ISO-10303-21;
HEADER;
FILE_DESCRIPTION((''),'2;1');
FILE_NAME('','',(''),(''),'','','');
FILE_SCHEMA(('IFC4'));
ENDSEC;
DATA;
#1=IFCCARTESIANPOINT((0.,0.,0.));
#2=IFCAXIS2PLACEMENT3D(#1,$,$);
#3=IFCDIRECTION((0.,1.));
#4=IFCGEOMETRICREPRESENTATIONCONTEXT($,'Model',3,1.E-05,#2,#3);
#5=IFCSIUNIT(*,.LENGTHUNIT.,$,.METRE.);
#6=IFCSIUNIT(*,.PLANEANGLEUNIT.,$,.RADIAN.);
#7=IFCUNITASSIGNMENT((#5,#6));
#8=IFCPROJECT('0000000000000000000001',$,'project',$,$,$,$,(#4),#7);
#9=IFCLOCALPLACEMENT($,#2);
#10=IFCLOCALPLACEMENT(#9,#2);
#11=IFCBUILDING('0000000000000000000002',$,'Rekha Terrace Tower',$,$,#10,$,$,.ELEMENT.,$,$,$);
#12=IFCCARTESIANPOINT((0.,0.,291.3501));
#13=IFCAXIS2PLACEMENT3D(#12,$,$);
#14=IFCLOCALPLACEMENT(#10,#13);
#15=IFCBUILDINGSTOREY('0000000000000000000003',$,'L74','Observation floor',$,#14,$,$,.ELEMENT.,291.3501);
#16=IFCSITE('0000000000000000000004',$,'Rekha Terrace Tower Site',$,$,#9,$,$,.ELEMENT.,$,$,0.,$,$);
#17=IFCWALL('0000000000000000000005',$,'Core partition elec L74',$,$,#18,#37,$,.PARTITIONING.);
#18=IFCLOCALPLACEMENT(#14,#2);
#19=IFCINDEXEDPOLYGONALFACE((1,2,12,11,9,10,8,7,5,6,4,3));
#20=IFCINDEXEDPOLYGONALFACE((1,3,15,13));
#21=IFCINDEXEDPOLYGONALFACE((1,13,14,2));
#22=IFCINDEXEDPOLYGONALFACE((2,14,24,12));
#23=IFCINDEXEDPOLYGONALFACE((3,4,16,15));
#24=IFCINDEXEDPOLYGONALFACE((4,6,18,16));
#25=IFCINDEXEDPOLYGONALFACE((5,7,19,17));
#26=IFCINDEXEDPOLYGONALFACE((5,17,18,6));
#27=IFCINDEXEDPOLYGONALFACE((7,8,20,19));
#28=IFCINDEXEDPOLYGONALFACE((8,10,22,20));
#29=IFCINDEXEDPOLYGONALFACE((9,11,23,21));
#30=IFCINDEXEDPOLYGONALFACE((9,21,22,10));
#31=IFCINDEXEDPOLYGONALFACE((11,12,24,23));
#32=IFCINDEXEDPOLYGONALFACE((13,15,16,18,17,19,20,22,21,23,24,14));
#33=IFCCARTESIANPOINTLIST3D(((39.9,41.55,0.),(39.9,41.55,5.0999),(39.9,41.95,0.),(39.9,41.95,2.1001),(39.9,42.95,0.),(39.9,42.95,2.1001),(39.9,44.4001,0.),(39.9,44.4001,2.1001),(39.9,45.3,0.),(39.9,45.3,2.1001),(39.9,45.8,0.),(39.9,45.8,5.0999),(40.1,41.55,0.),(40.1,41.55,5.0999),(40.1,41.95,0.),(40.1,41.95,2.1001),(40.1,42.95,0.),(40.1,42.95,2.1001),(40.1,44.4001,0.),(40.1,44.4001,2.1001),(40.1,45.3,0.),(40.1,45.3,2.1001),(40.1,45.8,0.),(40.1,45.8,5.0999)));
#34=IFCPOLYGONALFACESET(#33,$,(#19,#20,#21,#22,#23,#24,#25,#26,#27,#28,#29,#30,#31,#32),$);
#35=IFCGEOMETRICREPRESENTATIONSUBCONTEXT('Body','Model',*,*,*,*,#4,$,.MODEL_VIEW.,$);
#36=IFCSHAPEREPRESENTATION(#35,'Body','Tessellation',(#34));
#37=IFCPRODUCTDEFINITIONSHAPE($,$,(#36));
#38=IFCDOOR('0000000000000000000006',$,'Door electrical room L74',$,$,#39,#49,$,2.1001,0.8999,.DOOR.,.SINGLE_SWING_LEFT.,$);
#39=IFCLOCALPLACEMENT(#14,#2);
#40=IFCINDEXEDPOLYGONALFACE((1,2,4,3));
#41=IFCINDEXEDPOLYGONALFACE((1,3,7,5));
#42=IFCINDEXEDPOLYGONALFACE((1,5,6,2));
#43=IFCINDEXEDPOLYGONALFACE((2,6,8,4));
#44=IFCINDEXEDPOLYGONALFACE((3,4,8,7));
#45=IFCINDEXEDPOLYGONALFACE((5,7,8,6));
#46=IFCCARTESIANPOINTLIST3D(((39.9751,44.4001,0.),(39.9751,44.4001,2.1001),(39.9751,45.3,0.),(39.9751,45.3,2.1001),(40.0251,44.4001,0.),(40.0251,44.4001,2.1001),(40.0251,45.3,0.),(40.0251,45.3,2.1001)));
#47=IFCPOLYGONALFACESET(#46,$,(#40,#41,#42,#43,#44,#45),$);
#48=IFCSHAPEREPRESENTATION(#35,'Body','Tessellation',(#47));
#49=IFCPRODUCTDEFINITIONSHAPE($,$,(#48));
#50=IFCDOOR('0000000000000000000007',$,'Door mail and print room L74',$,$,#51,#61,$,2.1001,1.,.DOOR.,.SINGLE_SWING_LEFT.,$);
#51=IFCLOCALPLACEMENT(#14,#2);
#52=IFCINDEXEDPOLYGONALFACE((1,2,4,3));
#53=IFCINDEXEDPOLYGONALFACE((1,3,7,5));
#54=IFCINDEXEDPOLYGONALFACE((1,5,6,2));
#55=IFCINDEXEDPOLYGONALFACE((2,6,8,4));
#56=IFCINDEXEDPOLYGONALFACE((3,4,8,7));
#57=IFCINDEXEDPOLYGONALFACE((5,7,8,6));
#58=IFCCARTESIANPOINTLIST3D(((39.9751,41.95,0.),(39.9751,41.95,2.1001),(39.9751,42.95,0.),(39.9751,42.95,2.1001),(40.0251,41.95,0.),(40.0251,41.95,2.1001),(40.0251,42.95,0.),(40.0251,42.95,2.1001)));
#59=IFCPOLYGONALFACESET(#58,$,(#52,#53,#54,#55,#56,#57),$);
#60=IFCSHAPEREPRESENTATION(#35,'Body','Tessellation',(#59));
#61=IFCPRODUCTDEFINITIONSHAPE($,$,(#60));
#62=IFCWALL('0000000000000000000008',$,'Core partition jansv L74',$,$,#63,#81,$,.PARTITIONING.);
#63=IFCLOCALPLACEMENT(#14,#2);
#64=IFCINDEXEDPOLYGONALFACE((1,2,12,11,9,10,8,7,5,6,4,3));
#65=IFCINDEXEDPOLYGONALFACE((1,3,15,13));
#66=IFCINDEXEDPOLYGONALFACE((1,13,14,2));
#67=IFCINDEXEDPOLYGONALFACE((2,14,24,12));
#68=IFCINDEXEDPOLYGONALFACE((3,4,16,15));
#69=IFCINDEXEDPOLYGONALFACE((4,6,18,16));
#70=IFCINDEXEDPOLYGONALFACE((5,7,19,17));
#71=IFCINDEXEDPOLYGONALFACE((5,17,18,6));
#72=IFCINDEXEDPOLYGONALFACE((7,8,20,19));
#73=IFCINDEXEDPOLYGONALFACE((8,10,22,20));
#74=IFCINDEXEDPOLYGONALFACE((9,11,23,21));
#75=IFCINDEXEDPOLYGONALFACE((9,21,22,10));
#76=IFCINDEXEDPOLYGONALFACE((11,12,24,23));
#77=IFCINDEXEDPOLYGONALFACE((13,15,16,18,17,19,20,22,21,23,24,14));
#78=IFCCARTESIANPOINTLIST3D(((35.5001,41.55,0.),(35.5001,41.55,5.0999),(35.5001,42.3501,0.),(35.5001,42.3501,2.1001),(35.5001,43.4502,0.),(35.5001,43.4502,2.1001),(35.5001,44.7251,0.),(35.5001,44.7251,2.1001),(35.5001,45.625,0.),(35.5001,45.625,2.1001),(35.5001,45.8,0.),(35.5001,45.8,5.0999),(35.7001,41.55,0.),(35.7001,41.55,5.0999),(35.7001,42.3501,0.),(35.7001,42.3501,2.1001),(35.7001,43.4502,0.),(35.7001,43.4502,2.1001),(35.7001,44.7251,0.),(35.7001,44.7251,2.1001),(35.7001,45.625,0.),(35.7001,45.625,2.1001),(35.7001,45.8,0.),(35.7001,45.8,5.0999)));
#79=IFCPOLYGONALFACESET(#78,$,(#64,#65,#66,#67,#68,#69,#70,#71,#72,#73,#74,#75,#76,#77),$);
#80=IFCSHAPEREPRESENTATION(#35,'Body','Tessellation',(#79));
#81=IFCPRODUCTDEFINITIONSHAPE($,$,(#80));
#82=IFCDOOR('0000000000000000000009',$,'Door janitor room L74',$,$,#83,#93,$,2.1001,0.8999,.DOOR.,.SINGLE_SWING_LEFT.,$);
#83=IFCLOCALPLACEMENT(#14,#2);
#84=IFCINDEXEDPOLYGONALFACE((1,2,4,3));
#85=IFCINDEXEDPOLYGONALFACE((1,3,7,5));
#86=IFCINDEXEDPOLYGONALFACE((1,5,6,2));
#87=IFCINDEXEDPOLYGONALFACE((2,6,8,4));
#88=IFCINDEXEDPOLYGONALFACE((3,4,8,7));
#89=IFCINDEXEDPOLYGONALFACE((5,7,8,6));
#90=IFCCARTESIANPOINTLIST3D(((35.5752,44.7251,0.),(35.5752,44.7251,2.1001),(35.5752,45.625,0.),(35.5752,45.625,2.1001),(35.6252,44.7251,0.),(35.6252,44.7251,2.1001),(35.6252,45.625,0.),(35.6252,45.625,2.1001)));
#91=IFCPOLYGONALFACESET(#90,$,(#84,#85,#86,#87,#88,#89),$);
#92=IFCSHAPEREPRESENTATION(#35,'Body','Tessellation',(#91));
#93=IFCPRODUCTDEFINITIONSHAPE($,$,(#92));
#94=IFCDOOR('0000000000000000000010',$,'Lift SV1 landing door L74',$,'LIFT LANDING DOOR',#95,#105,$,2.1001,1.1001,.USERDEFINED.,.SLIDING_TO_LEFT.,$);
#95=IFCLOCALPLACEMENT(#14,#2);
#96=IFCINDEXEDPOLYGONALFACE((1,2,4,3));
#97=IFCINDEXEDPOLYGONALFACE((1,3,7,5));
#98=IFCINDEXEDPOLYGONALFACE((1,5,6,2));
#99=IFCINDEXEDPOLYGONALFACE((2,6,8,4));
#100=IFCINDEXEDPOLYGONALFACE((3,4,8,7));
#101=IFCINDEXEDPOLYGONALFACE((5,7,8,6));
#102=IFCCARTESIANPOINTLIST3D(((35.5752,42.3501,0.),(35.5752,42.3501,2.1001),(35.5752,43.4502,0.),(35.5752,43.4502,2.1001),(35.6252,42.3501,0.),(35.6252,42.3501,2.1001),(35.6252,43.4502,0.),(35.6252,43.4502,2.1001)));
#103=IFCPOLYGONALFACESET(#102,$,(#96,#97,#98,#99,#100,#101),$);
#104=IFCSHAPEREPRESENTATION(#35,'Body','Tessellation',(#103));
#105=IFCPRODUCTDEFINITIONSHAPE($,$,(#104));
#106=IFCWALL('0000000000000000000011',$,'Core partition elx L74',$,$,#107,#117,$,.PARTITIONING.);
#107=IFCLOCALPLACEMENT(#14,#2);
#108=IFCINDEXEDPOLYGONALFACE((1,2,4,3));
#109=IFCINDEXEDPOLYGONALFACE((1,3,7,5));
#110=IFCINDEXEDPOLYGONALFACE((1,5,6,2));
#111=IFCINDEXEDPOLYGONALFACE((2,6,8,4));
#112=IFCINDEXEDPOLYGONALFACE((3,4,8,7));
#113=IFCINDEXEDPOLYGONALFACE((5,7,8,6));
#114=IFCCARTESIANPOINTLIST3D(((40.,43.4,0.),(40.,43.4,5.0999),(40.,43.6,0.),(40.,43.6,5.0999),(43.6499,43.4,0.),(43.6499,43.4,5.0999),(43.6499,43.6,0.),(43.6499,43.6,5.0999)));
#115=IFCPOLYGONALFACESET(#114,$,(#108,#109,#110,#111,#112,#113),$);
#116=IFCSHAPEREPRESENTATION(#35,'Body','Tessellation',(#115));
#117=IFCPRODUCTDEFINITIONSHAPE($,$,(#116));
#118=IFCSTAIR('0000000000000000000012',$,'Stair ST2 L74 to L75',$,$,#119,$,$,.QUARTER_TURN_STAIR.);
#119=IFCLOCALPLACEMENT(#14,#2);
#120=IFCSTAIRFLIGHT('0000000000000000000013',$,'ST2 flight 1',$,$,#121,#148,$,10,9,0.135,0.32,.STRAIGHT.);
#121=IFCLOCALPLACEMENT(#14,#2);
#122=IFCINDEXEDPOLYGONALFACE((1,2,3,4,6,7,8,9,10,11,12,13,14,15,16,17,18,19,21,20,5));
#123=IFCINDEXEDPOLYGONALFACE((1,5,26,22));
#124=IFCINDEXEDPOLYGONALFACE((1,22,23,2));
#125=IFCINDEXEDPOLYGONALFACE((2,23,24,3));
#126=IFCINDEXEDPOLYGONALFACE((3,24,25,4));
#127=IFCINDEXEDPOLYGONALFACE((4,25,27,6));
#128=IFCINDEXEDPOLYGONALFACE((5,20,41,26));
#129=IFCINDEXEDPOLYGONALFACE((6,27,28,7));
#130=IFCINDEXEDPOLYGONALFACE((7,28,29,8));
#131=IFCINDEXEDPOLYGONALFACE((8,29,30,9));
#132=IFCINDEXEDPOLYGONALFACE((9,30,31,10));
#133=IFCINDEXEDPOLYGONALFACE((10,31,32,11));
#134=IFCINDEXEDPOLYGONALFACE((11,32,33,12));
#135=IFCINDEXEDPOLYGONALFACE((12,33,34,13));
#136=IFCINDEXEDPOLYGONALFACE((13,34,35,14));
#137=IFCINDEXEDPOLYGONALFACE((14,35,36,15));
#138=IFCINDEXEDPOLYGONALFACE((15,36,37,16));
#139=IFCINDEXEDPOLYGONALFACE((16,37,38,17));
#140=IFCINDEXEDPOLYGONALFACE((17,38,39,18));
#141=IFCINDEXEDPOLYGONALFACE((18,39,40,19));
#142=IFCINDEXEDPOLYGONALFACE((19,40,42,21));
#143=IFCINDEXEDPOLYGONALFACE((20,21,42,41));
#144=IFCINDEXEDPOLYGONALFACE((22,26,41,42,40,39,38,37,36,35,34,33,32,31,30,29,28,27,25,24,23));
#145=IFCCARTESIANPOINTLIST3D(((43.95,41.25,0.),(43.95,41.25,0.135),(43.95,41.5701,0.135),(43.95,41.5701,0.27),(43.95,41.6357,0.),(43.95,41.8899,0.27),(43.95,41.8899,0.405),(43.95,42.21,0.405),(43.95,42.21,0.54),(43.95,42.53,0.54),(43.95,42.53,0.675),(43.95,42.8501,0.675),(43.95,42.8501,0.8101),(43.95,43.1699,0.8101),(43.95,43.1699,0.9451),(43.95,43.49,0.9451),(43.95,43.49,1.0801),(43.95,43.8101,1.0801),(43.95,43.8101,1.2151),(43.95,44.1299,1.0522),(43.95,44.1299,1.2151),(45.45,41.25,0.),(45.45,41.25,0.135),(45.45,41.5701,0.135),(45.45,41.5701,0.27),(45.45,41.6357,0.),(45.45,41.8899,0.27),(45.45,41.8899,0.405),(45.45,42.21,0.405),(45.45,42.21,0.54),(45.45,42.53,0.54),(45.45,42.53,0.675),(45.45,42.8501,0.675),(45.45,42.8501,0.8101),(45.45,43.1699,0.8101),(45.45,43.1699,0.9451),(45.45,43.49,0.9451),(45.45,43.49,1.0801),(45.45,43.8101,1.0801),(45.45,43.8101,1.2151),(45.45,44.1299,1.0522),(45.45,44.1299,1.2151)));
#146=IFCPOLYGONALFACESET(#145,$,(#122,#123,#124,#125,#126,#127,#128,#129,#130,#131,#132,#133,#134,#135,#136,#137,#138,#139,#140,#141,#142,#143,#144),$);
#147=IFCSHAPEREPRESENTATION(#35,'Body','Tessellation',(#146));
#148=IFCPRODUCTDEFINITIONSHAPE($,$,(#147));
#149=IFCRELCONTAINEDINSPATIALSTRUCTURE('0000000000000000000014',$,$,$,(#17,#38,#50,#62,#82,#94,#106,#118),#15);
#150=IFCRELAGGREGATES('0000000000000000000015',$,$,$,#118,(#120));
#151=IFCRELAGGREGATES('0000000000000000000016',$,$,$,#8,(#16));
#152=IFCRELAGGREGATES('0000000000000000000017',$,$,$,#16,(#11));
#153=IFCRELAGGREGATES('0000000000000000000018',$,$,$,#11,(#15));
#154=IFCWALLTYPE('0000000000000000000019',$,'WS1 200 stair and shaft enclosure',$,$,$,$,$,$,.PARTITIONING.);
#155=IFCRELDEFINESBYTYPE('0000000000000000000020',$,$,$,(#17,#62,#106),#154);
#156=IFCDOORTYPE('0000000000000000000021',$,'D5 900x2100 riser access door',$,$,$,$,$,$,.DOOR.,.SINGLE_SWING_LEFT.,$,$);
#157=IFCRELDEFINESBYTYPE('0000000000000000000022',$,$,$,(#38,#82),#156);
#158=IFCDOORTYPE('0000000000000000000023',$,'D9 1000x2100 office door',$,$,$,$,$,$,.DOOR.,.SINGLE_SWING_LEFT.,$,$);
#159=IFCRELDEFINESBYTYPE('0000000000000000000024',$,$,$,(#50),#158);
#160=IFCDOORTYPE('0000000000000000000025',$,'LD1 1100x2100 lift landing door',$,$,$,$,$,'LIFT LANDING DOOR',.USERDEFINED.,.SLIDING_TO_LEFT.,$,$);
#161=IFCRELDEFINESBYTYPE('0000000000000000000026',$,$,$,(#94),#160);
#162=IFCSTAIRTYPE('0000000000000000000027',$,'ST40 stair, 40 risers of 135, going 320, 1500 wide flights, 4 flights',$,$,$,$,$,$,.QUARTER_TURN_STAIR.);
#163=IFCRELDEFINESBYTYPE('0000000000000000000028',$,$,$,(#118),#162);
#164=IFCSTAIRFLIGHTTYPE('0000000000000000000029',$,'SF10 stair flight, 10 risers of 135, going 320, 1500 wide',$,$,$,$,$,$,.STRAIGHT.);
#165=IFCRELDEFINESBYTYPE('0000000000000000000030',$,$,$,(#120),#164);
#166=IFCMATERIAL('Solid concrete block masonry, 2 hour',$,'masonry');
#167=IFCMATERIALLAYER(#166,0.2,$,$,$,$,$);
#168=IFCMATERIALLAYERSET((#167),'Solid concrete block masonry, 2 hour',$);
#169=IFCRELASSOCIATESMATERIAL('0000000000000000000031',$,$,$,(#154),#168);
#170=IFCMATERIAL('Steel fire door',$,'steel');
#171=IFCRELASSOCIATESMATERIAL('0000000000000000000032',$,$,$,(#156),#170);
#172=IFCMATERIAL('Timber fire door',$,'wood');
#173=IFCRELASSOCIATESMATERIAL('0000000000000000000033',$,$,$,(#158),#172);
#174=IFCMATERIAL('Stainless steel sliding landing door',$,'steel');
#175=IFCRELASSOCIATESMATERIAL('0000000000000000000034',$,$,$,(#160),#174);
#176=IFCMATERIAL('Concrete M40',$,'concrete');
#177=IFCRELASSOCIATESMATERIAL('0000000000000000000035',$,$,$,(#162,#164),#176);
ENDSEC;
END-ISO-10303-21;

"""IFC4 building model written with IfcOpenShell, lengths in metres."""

from ifc_helpers import new_model, si_unit, direction, frame, frame_2d, origin, place, context, subcontext, project, spatial, polyline, rectangle, outline, extrude, material, layer, layer_set, type_object, element, fill, aggregate, save


model = new_model("IFC4")

# Units and contexts
model_context = context("Model", 3, precision=1e-05, world=origin(), true_north=direction((0.0, 1.0)))
body_context = subcontext(model_context, "Body", "Model", "MODEL_VIEW")
ifc_project = project(units=[si_unit("LENGTHUNIT", "METRE"), si_unit("PLANEANGLEUNIT", "RADIAN")], contexts=[model_context])

# Site, building, storey
site_placement = place(None, origin())
site = spatial("IfcSite", under=ifc_project, at=site_placement, Name="Rekha Terrace Tower Site", CompositionType="ELEMENT", RefElevation=0.0)
building_placement = place(site_placement, origin())
building = spatial("IfcBuilding", under=site, at=building_placement, Name="Rekha Terrace Tower", CompositionType="ELEMENT")
storey_placement = place(building_placement, frame((0.0, 0.0, 291.3501)))
storey = spatial("IfcBuildingStorey", under=building, at=storey_placement, Name="L74", Description="Observation floor", CompositionType="ELEMENT", Elevation=291.3501)

# Shared definitions
ifc_material_1 = material(Name="Stainless steel sliding landing door", Category="steel")
ifc_material_2 = material(Name="Steel fire door", Category="steel")

# Shared definitions
ifc_material_3 = material(Name="Solid concrete block masonry, 2 hour", Category="masonry")
ifc_layer_1 = layer(ifc_material_3, 0.2)
ifc_layer_set_1 = layer_set([ifc_layer_1], Name="Solid concrete block masonry, 2 hour")
wall_type_1 = type_object("IfcWallType", Name="WS1 200 stair and shaft enclosure", PredefinedType="PARTITIONING", material=ifc_layer_set_1)

# Walls, openings, doors
wall_1_placement = place(storey_placement, frame((40.0, 41.55, 0.0), z_axis=(0.0, 0.0, 1.0), x_axis=(0.0, 1.0, 0.0)))
wall_1 = element("IfcWall", 1, at=wall_1_placement, inside=storey, type_object=wall_type_1, Name="Core partition elec L74", PredefinedType="PARTITIONING", context=body_context, shape_type="SweptSolid", body=[
    extrude(rectangle(XDim=4.25, YDim=0.2, at=frame_2d((2.125, 0.0))), origin(), (0.0, 0.0, 1.0), 5.0999),
])
opening_1_placement = place(wall_1_placement, frame((2.8501, 0.0, 0.0)))
opening_1 = element("IfcOpeningElement", 2, at=opening_1_placement, cuts=wall_1, PredefinedType="OPENING", context=body_context, shape_type="SweptSolid", body=[
    extrude(rectangle(XDim=0.8999, YDim=2.1001, at=frame_2d((0.45, 1.05))), frame((0.0, 0.1099, 0.0), z_axis=(0.0, -1.0, 0.0), x_axis=(1.0, 0.0, 0.0)), (0.0, 0.0, 1.0), 0.22),
])
opening_2_placement = place(wall_1_placement, frame((0.3999, 0.0, 0.0)))
opening_2 = element("IfcOpeningElement", 3, at=opening_2_placement, cuts=wall_1, PredefinedType="OPENING", context=body_context, shape_type="SweptSolid", body=[
    extrude(rectangle(XDim=1.0, YDim=2.1001, at=frame_2d((0.5, 1.05))), frame((0.0, 0.1099, 0.0), z_axis=(0.0, -1.0, 0.0), x_axis=(1.0, 0.0, 0.0)), (0.0, 0.0, 1.0), 0.22),
])
door_type_1 = type_object("IfcDoorType", Name="D5 900x2100 riser access door", OperationType="SINGLE_SWING_LEFT", PredefinedType="DOOR", material=ifc_material_2)
door_1_placement = place(opening_1_placement, origin())
door_1 = element("IfcDoor", 4, at=door_1_placement, inside=storey, type_object=door_type_1, Name="Door electrical room L74", OperationType="SINGLE_SWING_LEFT", OverallHeight=2.1001, OverallWidth=0.8999, PredefinedType="DOOR", context=body_context, shape_type="SweptSolid", body=[
    extrude(rectangle(XDim=0.8999, YDim=2.1001, at=frame_2d((0.45, 1.05))), frame((0.0, 0.0249, 0.0), z_axis=(0.0, -1.0, 0.0), x_axis=(1.0, 0.0, 0.0)), (0.0, 0.0, 1.0), 0.05),
])
fill(opening_1, door_1)
ifc_material_4 = material(Name="Timber fire door", Category="wood")
door_type_2 = type_object("IfcDoorType", Name="D9 1000x2100 office door", OperationType="SINGLE_SWING_LEFT", PredefinedType="DOOR", material=ifc_material_4)
door_2_placement = place(opening_2_placement, origin())
door_2 = element("IfcDoor", 5, at=door_2_placement, inside=storey, type_object=door_type_2, Name="Door mail and print room L74", OperationType="SINGLE_SWING_LEFT", OverallHeight=2.1001, OverallWidth=1.0, PredefinedType="DOOR", context=body_context, shape_type="SweptSolid", body=[
    extrude(rectangle(XDim=1.0, YDim=2.1001, at=frame_2d((0.5, 1.05))), frame((0.0, 0.0249, 0.0), z_axis=(0.0, -1.0, 0.0), x_axis=(1.0, 0.0, 0.0)), (0.0, 0.0, 1.0), 0.05),
])
fill(opening_2, door_2)
wall_2_placement = place(storey_placement, frame((35.6001, 41.55, 0.0), z_axis=(0.0, 0.0, 1.0), x_axis=(0.0, 1.0, 0.0)))
wall_2 = element("IfcWall", 6, at=wall_2_placement, inside=storey, type_object=wall_type_1, Name="Core partition jansv L74", PredefinedType="PARTITIONING", context=body_context, shape_type="SweptSolid", body=[
    extrude(rectangle(XDim=4.25, YDim=0.2, at=frame_2d((2.125, 0.0))), origin(), (0.0, 0.0, 1.0), 5.0999),
])
opening_3_placement = place(wall_2_placement, frame((3.175, 0.0, 0.0)))
opening_3 = element("IfcOpeningElement", 7, at=opening_3_placement, cuts=wall_2, PredefinedType="OPENING", context=body_context, shape_type="SweptSolid", body=[
    extrude(rectangle(XDim=0.8999, YDim=2.1001, at=frame_2d((0.45, 1.05))), frame((0.0, 0.1099, 0.0), z_axis=(0.0, -1.0, 0.0), x_axis=(1.0, 0.0, 0.0)), (0.0, 0.0, 1.0), 0.22),
])
opening_4_placement = place(wall_2_placement, frame((0.8, 0.0, 0.0)))
opening_4 = element("IfcOpeningElement", 8, at=opening_4_placement, cuts=wall_2, PredefinedType="OPENING", context=body_context, shape_type="SweptSolid", body=[
    extrude(rectangle(XDim=1.1001, YDim=2.1001, at=frame_2d((0.55, 1.05))), frame((0.0, 0.1099, 0.0), z_axis=(0.0, -1.0, 0.0), x_axis=(1.0, 0.0, 0.0)), (0.0, 0.0, 1.0), 0.22),
])
door_3_placement = place(opening_3_placement, origin())
door_3 = element("IfcDoor", 9, at=door_3_placement, inside=storey, type_object=door_type_1, Name="Door janitor room L74", OperationType="SINGLE_SWING_LEFT", OverallHeight=2.1001, OverallWidth=0.8999, PredefinedType="DOOR", context=body_context, shape_type="SweptSolid", body=[
    extrude(rectangle(XDim=0.8999, YDim=2.1001, at=frame_2d((0.45, 1.05))), frame((0.0, 0.0249, 0.0), z_axis=(0.0, -1.0, 0.0), x_axis=(1.0, 0.0, 0.0)), (0.0, 0.0, 1.0), 0.05),
])
fill(opening_3, door_3)
door_type_3 = type_object("IfcDoorType", Name="LD1 1100x2100 lift landing door", ElementType="LIFT LANDING DOOR", OperationType="SLIDING_TO_LEFT", PredefinedType="USERDEFINED", material=ifc_material_1)
door_4_placement = place(opening_4_placement, origin())
door_4 = element("IfcDoor", 10, at=door_4_placement, inside=storey, type_object=door_type_3, Name="Lift SV1 landing door L74", ObjectType="LIFT LANDING DOOR", OperationType="SLIDING_TO_LEFT", OverallHeight=2.1001, OverallWidth=1.1001, PredefinedType="USERDEFINED", context=body_context, shape_type="SweptSolid", body=[
    extrude(rectangle(XDim=1.1001, YDim=2.1001, at=frame_2d((0.55, 1.05))), frame((0.0, 0.0249, 0.0), z_axis=(0.0, -1.0, 0.0), x_axis=(1.0, 0.0, 0.0)), (0.0, 0.0, 1.0), 0.05),
])
fill(opening_4, door_4)

# Wall
wall_3_placement = place(storey_placement, frame((40.0, 43.5, 0.0), z_axis=(0.0, 0.0, 1.0), x_axis=(1.0, 0.0, 0.0)))
element("IfcWall", 11, at=wall_3_placement, inside=storey, type_object=wall_type_1, Name="Core partition elx L74", PredefinedType="PARTITIONING", context=body_context, shape_type="SweptSolid", body=[
    extrude(rectangle(XDim=3.6499, YDim=0.2, at=frame_2d((1.825, 0.0))), origin(), (0.0, 0.0, 1.0), 5.0999),
])

# Stair, stair flight
ifc_material_5 = material(Name="Concrete M40", Category="concrete")
stair_type = type_object("IfcStairType", Name="ST40 stair, 40 risers of 135, going 320, 1500 wide flights, 4 flights", PredefinedType="QUARTER_TURN_STAIR", material=ifc_material_5)
stair_placement = place(storey_placement, origin())
stair = element("IfcStair", 12, at=stair_placement, inside=storey, type_object=stair_type, Name="Stair ST2 L74 to L75", PredefinedType="QUARTER_TURN_STAIR")
stair_flight_type = type_object("IfcStairFlightType", Name="SF10 stair flight, 10 risers of 135, going 320, 1500 wide", PredefinedType="STRAIGHT", material=ifc_material_5)
stair_flight_1_placement = place(storey_placement, frame((44.7, 41.25, 0.0), z_axis=(0.0, 0.0, 1.0), x_axis=(0.0, 1.0, 0.0)))
stair_flight_1 = element("IfcStairFlight", 13, at=stair_flight_1_placement, type_object=stair_flight_type, Name="ST2 flight 1", NumberOfRisers=10, NumberOfTreads=9, PredefinedType="STRAIGHT", RiserHeight=0.135, TreadLength=0.32, context=body_context, shape_type="SweptSolid", body=[
    extrude(outline(polyline([(0.0, 0.0), (0.0, 0.135), (0.3201, 0.135), (0.3201, 0.27), (0.6399, 0.27), (0.6399, 0.405), (0.96, 0.405), (0.96, 0.54), (1.28, 0.54), (1.28, 0.675), (1.6001, 0.675), (1.6001, 0.8101), (1.9199, 0.8101), (1.9199, 0.9451), (2.24, 0.9451), (2.24, 1.0801), (2.5601, 1.0801), (2.5601, 1.2151), (2.8799, 1.2151), (2.8799, 1.3501), (2.8799, 1.0522), (0.3857, 0.0), (0.0, 0.0)])), frame((0.0, 0.75, 0.0), z_axis=(0.0, -1.0, 0.0), x_axis=(1.0, 0.0, 0.0)), (0.0, 0.0, 1.0), 1.5),
])
aggregate(stair, [stair_flight_1])

save(model, "model.ifc")
